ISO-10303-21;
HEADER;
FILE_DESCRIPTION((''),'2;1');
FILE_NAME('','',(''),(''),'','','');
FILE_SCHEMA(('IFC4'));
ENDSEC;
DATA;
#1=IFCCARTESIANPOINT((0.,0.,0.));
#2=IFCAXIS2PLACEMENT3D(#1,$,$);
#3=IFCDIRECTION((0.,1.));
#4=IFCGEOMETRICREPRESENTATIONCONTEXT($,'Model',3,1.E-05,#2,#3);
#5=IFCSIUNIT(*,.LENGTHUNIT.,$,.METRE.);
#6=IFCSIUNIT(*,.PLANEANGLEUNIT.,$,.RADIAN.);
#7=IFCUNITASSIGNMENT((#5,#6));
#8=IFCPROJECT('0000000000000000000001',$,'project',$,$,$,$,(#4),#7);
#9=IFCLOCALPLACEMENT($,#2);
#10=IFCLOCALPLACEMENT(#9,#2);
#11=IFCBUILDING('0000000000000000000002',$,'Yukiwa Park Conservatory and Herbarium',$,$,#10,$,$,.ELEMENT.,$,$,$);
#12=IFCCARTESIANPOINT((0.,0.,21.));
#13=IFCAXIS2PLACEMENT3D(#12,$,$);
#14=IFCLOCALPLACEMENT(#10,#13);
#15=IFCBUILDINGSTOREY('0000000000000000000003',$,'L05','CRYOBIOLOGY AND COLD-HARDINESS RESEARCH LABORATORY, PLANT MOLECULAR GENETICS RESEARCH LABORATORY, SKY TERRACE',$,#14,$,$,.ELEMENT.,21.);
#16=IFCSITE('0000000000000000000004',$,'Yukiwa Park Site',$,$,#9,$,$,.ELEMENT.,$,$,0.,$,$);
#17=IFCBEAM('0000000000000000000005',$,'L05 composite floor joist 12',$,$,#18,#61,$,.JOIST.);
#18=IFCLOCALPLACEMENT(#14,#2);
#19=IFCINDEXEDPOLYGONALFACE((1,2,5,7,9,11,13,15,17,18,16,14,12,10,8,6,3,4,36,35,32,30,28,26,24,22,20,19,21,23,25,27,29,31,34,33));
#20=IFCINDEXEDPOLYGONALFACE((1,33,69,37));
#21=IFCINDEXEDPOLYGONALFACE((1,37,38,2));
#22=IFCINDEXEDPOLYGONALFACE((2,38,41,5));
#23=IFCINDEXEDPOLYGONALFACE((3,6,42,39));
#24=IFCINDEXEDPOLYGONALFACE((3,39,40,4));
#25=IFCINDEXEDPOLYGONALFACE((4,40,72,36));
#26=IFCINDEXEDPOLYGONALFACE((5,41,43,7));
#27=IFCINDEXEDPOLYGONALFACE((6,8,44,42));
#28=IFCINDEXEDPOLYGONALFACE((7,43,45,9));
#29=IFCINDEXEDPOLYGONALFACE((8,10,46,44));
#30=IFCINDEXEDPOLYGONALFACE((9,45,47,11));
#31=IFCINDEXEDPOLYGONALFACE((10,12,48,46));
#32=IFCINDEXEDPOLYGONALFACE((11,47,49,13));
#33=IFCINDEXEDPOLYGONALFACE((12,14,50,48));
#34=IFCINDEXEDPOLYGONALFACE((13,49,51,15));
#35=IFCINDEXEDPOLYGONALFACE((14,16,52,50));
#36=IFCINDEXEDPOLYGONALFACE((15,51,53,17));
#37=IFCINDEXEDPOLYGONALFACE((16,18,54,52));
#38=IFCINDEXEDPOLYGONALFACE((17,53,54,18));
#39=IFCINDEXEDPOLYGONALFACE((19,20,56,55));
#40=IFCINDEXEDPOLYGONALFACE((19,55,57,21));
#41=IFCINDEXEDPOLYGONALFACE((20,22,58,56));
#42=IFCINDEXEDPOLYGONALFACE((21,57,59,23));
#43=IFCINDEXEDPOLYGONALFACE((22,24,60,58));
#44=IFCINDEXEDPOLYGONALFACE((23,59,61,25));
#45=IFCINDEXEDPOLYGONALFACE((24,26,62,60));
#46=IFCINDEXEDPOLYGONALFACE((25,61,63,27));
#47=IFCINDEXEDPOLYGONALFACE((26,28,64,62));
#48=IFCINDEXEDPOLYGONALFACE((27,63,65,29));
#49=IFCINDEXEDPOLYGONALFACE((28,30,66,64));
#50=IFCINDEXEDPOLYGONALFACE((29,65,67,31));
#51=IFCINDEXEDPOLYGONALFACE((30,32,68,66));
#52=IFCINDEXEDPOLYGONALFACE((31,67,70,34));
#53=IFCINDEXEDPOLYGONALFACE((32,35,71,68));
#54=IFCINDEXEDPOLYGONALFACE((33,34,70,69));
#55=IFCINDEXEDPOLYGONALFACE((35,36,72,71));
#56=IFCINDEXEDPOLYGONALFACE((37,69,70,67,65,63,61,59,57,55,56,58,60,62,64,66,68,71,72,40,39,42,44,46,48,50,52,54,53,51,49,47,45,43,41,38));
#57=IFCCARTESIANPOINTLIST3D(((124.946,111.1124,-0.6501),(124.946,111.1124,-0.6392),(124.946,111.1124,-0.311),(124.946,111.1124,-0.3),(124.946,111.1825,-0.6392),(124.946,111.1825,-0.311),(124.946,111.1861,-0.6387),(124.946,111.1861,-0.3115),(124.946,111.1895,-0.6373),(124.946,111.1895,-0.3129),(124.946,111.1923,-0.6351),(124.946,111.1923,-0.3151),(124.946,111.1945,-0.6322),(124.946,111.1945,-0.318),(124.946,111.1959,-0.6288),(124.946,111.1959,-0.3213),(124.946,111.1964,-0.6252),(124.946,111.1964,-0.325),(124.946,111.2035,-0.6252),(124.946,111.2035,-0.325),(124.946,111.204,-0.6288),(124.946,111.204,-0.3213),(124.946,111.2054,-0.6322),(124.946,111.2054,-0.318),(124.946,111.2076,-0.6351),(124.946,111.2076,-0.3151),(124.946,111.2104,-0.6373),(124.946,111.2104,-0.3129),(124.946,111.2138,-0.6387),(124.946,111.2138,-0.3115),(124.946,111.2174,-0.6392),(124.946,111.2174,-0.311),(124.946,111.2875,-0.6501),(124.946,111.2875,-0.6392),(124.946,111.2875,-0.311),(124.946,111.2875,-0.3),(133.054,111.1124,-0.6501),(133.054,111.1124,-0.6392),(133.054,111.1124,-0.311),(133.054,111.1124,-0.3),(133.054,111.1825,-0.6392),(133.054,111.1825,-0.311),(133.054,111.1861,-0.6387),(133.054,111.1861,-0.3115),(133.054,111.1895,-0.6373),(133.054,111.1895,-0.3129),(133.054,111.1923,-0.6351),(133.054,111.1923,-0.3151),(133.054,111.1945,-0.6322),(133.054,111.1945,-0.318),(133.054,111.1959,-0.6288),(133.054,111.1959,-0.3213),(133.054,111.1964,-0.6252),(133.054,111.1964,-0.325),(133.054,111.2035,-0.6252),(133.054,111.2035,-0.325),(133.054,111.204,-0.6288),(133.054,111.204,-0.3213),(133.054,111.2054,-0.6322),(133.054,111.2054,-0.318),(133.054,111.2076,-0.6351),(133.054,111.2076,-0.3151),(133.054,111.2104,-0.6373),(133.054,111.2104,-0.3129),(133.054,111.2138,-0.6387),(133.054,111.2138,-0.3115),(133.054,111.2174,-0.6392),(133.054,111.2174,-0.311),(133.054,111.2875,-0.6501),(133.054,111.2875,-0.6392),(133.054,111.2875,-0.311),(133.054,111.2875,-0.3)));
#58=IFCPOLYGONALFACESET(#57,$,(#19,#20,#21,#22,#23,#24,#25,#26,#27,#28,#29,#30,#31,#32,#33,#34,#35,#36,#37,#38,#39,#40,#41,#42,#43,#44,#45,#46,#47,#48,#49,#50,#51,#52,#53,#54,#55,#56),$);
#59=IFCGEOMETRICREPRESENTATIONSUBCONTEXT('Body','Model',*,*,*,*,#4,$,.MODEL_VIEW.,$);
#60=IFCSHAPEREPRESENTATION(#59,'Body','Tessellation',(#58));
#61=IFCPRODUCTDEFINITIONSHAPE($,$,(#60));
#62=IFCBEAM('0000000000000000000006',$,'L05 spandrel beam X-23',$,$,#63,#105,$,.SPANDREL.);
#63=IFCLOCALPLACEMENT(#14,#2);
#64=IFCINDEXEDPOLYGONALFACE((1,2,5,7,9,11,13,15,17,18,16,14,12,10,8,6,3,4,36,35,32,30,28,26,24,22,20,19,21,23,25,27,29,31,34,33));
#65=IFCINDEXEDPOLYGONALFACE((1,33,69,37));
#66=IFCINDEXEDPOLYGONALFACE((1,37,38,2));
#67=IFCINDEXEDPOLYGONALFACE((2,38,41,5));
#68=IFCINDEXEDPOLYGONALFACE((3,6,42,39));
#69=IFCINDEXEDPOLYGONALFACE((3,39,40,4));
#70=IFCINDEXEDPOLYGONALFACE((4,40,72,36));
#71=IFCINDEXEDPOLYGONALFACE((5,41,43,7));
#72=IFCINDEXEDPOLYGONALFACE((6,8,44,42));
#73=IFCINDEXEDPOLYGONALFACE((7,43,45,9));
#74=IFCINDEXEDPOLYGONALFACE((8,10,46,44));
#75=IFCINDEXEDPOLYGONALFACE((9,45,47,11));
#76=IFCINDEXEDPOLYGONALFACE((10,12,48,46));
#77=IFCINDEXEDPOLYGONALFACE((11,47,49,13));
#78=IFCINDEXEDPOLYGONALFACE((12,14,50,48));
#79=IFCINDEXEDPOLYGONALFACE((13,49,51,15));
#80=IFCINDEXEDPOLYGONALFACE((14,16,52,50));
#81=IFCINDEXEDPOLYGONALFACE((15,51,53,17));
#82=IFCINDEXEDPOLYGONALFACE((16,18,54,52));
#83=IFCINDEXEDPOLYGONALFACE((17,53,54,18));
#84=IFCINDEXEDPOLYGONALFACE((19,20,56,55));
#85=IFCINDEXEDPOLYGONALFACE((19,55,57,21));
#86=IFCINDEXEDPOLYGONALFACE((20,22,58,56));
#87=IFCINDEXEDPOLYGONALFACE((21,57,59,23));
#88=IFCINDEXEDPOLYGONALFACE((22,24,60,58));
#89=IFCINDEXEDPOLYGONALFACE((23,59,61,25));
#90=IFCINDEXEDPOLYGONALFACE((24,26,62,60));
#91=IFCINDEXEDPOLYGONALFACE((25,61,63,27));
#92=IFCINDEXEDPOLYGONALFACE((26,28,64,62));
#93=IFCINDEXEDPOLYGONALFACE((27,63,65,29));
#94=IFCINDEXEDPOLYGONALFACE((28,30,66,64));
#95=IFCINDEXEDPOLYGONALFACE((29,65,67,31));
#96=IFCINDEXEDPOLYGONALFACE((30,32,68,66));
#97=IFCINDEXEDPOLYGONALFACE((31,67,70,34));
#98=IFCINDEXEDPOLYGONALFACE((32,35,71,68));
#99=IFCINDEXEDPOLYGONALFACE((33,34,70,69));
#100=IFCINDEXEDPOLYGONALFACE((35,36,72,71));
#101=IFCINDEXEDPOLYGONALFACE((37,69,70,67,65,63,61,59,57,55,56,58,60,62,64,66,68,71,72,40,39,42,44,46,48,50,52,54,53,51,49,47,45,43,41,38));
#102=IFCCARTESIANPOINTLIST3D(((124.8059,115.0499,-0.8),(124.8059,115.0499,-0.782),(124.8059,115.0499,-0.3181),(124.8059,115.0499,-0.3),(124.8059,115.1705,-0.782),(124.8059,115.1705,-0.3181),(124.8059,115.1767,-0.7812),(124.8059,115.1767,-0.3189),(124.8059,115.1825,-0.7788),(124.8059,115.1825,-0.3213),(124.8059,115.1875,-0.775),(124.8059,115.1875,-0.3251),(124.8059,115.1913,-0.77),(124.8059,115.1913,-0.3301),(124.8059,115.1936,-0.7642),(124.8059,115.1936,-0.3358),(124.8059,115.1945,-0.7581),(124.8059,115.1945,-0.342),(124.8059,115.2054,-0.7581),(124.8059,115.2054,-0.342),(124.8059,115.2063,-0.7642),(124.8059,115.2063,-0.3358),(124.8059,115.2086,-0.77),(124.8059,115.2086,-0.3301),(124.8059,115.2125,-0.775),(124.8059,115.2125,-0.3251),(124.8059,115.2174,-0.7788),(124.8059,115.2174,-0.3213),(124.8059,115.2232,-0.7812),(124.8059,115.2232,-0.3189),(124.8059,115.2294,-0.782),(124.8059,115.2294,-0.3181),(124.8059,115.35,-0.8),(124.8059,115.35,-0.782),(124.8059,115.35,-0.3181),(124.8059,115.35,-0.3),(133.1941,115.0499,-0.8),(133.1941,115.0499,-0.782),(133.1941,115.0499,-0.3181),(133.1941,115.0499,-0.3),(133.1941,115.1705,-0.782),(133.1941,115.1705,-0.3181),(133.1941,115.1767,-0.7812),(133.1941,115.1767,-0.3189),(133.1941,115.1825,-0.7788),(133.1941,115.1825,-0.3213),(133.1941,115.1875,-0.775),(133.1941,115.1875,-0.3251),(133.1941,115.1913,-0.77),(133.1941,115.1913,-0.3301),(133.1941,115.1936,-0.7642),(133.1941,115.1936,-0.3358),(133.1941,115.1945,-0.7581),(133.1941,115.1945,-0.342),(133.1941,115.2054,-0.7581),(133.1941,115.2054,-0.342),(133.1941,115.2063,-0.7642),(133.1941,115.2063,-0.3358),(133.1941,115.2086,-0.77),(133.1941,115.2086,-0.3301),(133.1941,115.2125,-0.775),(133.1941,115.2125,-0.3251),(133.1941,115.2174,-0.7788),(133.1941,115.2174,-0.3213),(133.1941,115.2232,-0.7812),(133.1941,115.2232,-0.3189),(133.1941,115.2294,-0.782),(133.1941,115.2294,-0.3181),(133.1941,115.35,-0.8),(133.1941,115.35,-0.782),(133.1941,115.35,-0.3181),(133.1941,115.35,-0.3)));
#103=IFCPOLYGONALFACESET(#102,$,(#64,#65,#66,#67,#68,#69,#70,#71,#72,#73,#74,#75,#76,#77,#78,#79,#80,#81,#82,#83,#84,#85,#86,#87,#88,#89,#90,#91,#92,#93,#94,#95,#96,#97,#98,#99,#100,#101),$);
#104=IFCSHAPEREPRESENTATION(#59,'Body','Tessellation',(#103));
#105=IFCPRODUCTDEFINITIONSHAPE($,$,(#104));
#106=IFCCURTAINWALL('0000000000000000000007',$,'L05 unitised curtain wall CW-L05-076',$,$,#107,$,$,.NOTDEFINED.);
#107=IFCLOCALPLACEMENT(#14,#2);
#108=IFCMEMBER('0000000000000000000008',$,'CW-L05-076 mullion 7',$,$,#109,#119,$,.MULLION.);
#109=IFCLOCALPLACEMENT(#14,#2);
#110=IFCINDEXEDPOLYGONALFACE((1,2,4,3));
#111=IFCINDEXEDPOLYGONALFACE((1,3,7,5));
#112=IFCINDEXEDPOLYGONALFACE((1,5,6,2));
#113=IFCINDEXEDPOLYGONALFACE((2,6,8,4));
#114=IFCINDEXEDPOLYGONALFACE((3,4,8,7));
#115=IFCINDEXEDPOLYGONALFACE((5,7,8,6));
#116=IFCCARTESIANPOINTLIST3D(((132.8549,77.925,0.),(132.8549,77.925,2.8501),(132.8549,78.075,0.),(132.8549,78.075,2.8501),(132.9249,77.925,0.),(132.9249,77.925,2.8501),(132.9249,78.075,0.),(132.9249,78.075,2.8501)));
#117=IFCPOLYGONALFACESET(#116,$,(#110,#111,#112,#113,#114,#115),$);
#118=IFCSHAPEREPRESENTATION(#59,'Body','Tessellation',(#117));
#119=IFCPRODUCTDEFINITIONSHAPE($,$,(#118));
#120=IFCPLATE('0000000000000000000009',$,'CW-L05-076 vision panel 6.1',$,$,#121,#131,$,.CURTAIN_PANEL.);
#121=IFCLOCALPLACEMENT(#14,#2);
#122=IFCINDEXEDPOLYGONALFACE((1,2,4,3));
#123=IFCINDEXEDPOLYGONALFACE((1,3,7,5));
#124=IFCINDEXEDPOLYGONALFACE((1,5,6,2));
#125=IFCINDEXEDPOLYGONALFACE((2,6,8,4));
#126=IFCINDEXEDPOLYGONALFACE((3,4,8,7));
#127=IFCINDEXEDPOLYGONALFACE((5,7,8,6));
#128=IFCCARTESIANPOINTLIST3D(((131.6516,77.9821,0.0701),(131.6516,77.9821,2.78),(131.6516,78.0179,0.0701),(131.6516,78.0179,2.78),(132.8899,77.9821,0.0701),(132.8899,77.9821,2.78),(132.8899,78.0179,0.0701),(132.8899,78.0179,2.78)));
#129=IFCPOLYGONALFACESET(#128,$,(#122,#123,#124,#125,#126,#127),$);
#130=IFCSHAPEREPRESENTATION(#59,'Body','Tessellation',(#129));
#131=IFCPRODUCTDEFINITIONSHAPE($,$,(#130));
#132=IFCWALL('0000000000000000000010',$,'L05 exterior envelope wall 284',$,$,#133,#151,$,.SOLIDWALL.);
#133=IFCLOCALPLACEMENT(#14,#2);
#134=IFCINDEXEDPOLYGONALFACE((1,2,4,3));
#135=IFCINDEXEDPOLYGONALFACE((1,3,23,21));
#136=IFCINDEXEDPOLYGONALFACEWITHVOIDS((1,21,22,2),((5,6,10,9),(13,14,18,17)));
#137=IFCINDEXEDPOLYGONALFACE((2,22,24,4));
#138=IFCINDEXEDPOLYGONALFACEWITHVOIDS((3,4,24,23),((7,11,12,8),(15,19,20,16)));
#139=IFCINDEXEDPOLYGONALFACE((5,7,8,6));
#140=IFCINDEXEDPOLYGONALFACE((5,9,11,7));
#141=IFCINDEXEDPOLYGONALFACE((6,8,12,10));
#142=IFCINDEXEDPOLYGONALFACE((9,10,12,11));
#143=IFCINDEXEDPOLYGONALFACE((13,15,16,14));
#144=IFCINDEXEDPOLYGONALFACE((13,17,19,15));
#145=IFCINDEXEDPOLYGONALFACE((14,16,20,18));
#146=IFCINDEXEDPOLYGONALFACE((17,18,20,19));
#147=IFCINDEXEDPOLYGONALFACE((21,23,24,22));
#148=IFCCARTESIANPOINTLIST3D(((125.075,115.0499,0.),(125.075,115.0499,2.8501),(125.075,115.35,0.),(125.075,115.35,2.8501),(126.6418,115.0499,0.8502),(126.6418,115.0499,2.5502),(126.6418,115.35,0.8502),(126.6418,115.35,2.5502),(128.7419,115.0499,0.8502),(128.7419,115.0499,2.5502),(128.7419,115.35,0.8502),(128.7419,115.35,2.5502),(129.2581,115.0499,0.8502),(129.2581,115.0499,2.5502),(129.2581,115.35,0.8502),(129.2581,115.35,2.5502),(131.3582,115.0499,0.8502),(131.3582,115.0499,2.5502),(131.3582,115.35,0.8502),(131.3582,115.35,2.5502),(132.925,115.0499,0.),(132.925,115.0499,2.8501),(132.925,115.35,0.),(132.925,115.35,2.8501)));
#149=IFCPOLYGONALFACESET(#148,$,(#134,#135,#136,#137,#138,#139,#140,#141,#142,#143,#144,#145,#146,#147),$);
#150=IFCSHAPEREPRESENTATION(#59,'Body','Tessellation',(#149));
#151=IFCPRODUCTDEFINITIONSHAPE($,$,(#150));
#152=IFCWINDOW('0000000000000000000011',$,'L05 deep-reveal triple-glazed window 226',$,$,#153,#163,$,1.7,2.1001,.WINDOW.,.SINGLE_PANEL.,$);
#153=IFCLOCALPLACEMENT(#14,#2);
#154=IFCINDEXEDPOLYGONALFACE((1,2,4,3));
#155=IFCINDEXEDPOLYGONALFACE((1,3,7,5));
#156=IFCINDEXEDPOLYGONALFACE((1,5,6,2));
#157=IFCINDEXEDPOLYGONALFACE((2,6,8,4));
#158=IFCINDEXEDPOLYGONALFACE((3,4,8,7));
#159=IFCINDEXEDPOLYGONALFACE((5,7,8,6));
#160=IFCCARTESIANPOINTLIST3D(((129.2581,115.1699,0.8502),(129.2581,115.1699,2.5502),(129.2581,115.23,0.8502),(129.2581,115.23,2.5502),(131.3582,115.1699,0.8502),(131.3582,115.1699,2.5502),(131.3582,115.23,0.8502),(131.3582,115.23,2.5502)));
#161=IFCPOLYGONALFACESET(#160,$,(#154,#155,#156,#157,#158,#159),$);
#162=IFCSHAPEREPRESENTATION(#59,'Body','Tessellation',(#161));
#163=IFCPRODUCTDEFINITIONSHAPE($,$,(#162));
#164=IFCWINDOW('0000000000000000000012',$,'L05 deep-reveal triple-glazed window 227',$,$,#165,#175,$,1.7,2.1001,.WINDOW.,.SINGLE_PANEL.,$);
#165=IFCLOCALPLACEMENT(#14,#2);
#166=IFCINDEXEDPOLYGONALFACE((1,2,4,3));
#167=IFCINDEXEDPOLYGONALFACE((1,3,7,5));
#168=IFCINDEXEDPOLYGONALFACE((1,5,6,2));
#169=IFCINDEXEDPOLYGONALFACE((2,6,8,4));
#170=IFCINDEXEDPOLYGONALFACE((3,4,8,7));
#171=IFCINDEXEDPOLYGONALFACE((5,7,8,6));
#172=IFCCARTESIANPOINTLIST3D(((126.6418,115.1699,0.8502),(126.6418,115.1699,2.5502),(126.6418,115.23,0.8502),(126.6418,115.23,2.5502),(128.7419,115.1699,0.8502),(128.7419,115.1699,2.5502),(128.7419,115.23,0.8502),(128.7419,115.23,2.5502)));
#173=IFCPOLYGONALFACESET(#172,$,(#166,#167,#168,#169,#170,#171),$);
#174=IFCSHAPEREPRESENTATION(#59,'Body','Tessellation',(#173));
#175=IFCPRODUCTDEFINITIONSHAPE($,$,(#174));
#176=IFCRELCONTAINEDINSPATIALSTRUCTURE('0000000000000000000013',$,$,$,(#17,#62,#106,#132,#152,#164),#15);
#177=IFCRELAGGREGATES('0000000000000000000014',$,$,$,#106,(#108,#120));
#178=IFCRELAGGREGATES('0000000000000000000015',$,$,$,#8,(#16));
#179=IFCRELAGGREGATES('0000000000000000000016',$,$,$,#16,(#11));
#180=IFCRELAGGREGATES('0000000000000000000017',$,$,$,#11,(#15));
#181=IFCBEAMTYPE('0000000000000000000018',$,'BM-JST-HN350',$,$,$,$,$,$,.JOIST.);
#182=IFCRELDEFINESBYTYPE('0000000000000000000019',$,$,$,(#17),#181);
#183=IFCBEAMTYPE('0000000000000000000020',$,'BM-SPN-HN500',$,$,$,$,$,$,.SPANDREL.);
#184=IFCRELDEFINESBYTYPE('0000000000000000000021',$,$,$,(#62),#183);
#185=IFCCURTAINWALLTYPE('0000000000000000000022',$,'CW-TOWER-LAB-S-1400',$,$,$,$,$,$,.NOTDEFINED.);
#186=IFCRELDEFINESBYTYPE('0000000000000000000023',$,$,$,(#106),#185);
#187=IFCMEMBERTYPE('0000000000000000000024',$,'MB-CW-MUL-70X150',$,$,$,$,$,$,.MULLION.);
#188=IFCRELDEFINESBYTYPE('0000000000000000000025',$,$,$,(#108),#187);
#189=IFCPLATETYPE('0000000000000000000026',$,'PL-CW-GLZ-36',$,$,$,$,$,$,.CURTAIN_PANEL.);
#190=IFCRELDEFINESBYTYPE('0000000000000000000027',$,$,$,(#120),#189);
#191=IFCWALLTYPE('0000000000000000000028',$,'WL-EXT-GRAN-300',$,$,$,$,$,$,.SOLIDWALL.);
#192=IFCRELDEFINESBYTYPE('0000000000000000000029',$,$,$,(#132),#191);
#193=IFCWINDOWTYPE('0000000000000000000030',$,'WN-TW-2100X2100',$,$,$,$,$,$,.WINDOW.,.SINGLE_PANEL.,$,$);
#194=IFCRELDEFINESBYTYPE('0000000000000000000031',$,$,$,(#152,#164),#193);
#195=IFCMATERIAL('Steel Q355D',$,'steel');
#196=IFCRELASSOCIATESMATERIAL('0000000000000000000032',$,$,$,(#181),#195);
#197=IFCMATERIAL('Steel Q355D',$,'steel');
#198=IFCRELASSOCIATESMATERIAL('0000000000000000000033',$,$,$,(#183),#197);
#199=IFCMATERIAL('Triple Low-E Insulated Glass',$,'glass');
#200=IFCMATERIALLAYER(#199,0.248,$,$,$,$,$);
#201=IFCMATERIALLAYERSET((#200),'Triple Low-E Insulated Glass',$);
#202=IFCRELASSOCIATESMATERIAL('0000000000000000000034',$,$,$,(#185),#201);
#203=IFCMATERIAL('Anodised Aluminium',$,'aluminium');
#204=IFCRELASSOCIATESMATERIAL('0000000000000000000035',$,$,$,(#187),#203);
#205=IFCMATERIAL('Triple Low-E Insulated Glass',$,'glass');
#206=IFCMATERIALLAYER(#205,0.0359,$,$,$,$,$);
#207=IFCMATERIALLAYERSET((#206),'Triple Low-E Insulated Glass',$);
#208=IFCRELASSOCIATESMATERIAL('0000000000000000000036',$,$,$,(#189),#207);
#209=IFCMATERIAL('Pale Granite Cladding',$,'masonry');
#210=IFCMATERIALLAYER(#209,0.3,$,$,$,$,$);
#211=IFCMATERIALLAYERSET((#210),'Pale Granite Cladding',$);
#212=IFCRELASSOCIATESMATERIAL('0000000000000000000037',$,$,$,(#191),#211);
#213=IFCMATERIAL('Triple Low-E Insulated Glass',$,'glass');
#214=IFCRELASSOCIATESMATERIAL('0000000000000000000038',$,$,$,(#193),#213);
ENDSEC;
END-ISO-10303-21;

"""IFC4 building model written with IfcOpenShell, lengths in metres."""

from ifc_helpers import new_model, si_unit, direction, frame, frame_2d, origin, origin_2d, place, context, subcontext, project, spatial, rectangle, i_section, extrude, material, layer, layer_set, material_profile, profile_set, type_object, element, fill, aggregate, save


model = new_model("IFC4")

# Units and contexts
model_context = context("Model", 3, precision=1e-05, world=origin(), true_north=direction((0.0, 1.0)))
body_context = subcontext(model_context, "Body", "Model", "MODEL_VIEW")
ifc_project = project(units=[si_unit("LENGTHUNIT", "METRE"), si_unit("PLANEANGLEUNIT", "RADIAN")], contexts=[model_context])

# Site, building, storey
site_placement = place(None, origin())
site = spatial("IfcSite", under=ifc_project, at=site_placement, Name="Yukiwa Park Site", CompositionType="ELEMENT", RefElevation=0.0)
building_placement = place(site_placement, origin())
building = spatial("IfcBuilding", under=site, at=building_placement, Name="Yukiwa Park Conservatory and Herbarium", CompositionType="ELEMENT")
storey_placement = place(building_placement, frame((0.0, 0.0, 21.0)))
storey = spatial("IfcBuildingStorey", under=building, at=storey_placement, Name="L05", Description="CRYOBIOLOGY AND COLD-HARDINESS RESEARCH LABORATORY, PLANT MOLECULAR GENETICS RESEARCH LABORATORY, SKY TERRACE", CompositionType="ELEMENT", Elevation=21.0)

# Beams
ifc_material_1 = material(Name="Steel Q355D", Category="steel")
ifc_material_profile_1 = material_profile(ifc_material_1, i_section(OverallWidth=0.175, OverallDepth=0.3501, WebThickness=0.0071, FlangeThickness=0.011, FilletRadius=0.0139, at=origin_2d()), Name="HN 350x175x7x11")
ifc_profile_set_1 = profile_set([ifc_material_profile_1], Name="Steel Q355D")
beam_type_1 = type_object("IfcBeamType", Name="BM-JST-HN350", PredefinedType="JOIST", material=ifc_profile_set_1)
for number, where, z_axis, x_axis, name in (
    (1, (124.946, 111.2, -0.4751), (1.0, 0.0, 0.0), (0.0, 1.0, 0.0), "L05 composite floor joist 12"),
):
    element("IfcBeam", number, at=place(storey_placement, frame(where, z_axis=z_axis, x_axis=x_axis)), inside=storey, type_object=beam_type_1, Name=name, PredefinedType="JOIST", context=body_context, shape_type="SweptSolid", body=[
        extrude(i_section(OverallWidth=0.175, OverallDepth=0.3501, WebThickness=0.0071, FlangeThickness=0.011, FilletRadius=0.0139, at=origin_2d()), origin(), (0.0, 0.0, 1.0), 8.1079),
    ])
ifc_material_2 = material(Name="Steel Q355D", Category="steel")
ifc_material_profile_2 = material_profile(ifc_material_2, i_section(OverallWidth=0.3, OverallDepth=0.5, WebThickness=0.011, FlangeThickness=0.0181, FilletRadius=0.0239, at=origin_2d()), Name="HM 500x300x11x18")
ifc_profile_set_2 = profile_set([ifc_material_profile_2], Name="Steel Q355D")
beam_type_2 = type_object("IfcBeamType", Name="BM-SPN-HN500", PredefinedType="SPANDREL", material=ifc_profile_set_2)
beam_placement = place(storey_placement, frame((124.8059, 115.2, -0.55), z_axis=(1.0, 0.0, 0.0), x_axis=(0.0, 1.0, 0.0)))
element("IfcBeam", 2, at=beam_placement, inside=storey, type_object=beam_type_2, Name="L05 spandrel beam X-23", PredefinedType="SPANDREL", context=body_context, shape_type="SweptSolid", body=[
    extrude(i_section(OverallWidth=0.3, OverallDepth=0.5, WebThickness=0.011, FlangeThickness=0.0181, FilletRadius=0.0239, at=origin_2d()), origin(), (0.0, 0.0, 1.0), 8.3882),
])

# Curtain wall, member, plate
ifc_material_3 = material(Name="Triple Low-E Insulated Glass", Category="glass")
ifc_layer_1 = layer(ifc_material_3, 0.248)
ifc_layer_set_1 = layer_set([ifc_layer_1], Name="Triple Low-E Insulated Glass")
curtain_wall_type = type_object("IfcCurtainWallType", Name="CW-TOWER-LAB-S-1400", PredefinedType="NOTDEFINED", material=ifc_layer_set_1)
curtain_wall_placement = place(storey_placement, origin())
curtain_wall = element("IfcCurtainWall", 3, at=curtain_wall_placement, inside=storey, type_object=curtain_wall_type, Name="L05 unitised curtain wall CW-L05-076", PredefinedType="NOTDEFINED")
ifc_material_4 = material(Name="Anodised Aluminium", Category="aluminium")
member_type = type_object("IfcMemberType", Name="MB-CW-MUL-70X150", PredefinedType="MULLION", material=ifc_material_4)
member_placement = place(storey_placement, frame((132.8899, 78.0, 0.0), z_axis=(0.0, 0.0, 1.0), x_axis=(1.0, 0.0, 0.0)))
member = element("IfcMember", 4, at=member_placement, type_object=member_type, Name="CW-L05-076 mullion 7", PredefinedType="MULLION", context=body_context, shape_type="SweptSolid", body=[
    extrude(rectangle(XDim=0.0701, YDim=0.1499, at=origin_2d()), origin(), (0.0, 0.0, 1.0), 2.8501),
])
ifc_material_5 = material(Name="Triple Low-E Insulated Glass", Category="glass")
ifc_layer_2 = layer(ifc_material_5, 0.0359)
ifc_layer_set_2 = layer_set([ifc_layer_2], Name="Triple Low-E Insulated Glass")
plate_type = type_object("IfcPlateType", Name="PL-CW-GLZ-36", PredefinedType="CURTAIN_PANEL", material=ifc_layer_set_2)
plate_placement = place(storey_placement, frame((132.2708, 78.0, 0.0701), z_axis=(0.0, 0.0, 1.0), x_axis=(1.0, 0.0, 0.0)))
plate = element("IfcPlate", 5, at=plate_placement, type_object=plate_type, Name="CW-L05-076 vision panel 6.1", PredefinedType="CURTAIN_PANEL", context=body_context, shape_type="SweptSolid", body=[
    extrude(rectangle(XDim=1.2383, YDim=0.0359, at=origin_2d()), origin(), (0.0, 0.0, 1.0), 2.71),
])
aggregate(curtain_wall, [member, plate])

# Wall, openings, windows
ifc_material_6 = material(Name="Pale Granite Cladding", Category="masonry")
ifc_layer_3 = layer(ifc_material_6, 0.3)
ifc_layer_set_3 = layer_set([ifc_layer_3], Name="Pale Granite Cladding")
wall_type_1 = type_object("IfcWallType", Name="WL-EXT-GRAN-300", PredefinedType="SOLIDWALL", material=ifc_layer_set_3)
wall_1_placement = place(storey_placement, frame((132.925, 115.2, 0.0), z_axis=(0.0, 0.0, 1.0), x_axis=(-1.0, 0.0, 0.0)))
wall_1 = element("IfcWall", 6, at=wall_1_placement, inside=storey, type_object=wall_type_1, Name="L05 exterior envelope wall 284", PredefinedType="SOLIDWALL", context=body_context, shape_type="SweptSolid", body=[
    extrude(rectangle(XDim=7.8501, YDim=0.3, at=frame_2d((3.925, 0.0))), origin(), (0.0, 0.0, 1.0), 2.8501),
])
opening_1_placement = place(wall_1_placement, frame((1.5669, 0.0, 0.8501)))
opening_1 = element("IfcOpeningElement", 7, at=opening_1_placement, cuts=wall_1, PredefinedType="OPENING", context=body_context, shape_type="SweptSolid", body=[
    extrude(rectangle(XDim=2.1001, YDim=1.7, at=frame_2d((1.05, 0.8501))), frame((0.0, 0.1602, 0.0), z_axis=(0.0, -1.0, 0.0), x_axis=(1.0, 0.0, 0.0)), (0.0, 0.0, 1.0), 0.3201),
])
opening_2_placement = place(wall_1_placement, frame((4.1831, 0.0, 0.8501)))
opening_2 = element("IfcOpeningElement", 8, at=opening_2_placement, cuts=wall_1, PredefinedType="OPENING", context=body_context, shape_type="SweptSolid", body=[
    extrude(rectangle(XDim=2.1001, YDim=1.7, at=frame_2d((1.05, 0.8501))), frame((0.0, 0.1602, 0.0), z_axis=(0.0, -1.0, 0.0), x_axis=(1.0, 0.0, 0.0)), (0.0, 0.0, 1.0), 0.3201),
])
ifc_material_7 = material(Name="Triple Low-E Insulated Glass", Category="glass")
window_type = type_object("IfcWindowType", Name="WN-TW-2100X2100", PartitioningType="SINGLE_PANEL", PredefinedType="WINDOW", material=ifc_material_7)
window_1_placement = place(opening_1_placement, origin())
window_1 = element("IfcWindow", 9, at=window_1_placement, inside=storey, type_object=window_type, Name="L05 deep-reveal triple-glazed window 226", OverallHeight=1.7, OverallWidth=2.1001, PartitioningType="SINGLE_PANEL", PredefinedType="WINDOW", context=body_context, shape_type="SweptSolid", body=[
    extrude(rectangle(XDim=2.1001, YDim=1.7, at=frame_2d((1.05, 0.8501))), frame((0.0, 0.03, 0.0), z_axis=(0.0, -1.0, 0.0), x_axis=(1.0, 0.0, 0.0)), (0.0, 0.0, 1.0), 0.0601),
])
fill(opening_1, window_1)
window_2_placement = place(opening_2_placement, origin())
window_2 = element("IfcWindow", 10, at=window_2_placement, inside=storey, type_object=window_type, Name="L05 deep-reveal triple-glazed window 227", OverallHeight=1.7, OverallWidth=2.1001, PartitioningType="SINGLE_PANEL", PredefinedType="WINDOW", context=body_context, shape_type="SweptSolid", body=[
    extrude(rectangle(XDim=2.1001, YDim=1.7, at=frame_2d((1.05, 0.8501))), frame((0.0, 0.03, 0.0), z_axis=(0.0, -1.0, 0.0), x_axis=(1.0, 0.0, 0.0)), (0.0, 0.0, 1.0), 0.0601),
])
fill(opening_2, window_2)

save(model, "model.ifc")
